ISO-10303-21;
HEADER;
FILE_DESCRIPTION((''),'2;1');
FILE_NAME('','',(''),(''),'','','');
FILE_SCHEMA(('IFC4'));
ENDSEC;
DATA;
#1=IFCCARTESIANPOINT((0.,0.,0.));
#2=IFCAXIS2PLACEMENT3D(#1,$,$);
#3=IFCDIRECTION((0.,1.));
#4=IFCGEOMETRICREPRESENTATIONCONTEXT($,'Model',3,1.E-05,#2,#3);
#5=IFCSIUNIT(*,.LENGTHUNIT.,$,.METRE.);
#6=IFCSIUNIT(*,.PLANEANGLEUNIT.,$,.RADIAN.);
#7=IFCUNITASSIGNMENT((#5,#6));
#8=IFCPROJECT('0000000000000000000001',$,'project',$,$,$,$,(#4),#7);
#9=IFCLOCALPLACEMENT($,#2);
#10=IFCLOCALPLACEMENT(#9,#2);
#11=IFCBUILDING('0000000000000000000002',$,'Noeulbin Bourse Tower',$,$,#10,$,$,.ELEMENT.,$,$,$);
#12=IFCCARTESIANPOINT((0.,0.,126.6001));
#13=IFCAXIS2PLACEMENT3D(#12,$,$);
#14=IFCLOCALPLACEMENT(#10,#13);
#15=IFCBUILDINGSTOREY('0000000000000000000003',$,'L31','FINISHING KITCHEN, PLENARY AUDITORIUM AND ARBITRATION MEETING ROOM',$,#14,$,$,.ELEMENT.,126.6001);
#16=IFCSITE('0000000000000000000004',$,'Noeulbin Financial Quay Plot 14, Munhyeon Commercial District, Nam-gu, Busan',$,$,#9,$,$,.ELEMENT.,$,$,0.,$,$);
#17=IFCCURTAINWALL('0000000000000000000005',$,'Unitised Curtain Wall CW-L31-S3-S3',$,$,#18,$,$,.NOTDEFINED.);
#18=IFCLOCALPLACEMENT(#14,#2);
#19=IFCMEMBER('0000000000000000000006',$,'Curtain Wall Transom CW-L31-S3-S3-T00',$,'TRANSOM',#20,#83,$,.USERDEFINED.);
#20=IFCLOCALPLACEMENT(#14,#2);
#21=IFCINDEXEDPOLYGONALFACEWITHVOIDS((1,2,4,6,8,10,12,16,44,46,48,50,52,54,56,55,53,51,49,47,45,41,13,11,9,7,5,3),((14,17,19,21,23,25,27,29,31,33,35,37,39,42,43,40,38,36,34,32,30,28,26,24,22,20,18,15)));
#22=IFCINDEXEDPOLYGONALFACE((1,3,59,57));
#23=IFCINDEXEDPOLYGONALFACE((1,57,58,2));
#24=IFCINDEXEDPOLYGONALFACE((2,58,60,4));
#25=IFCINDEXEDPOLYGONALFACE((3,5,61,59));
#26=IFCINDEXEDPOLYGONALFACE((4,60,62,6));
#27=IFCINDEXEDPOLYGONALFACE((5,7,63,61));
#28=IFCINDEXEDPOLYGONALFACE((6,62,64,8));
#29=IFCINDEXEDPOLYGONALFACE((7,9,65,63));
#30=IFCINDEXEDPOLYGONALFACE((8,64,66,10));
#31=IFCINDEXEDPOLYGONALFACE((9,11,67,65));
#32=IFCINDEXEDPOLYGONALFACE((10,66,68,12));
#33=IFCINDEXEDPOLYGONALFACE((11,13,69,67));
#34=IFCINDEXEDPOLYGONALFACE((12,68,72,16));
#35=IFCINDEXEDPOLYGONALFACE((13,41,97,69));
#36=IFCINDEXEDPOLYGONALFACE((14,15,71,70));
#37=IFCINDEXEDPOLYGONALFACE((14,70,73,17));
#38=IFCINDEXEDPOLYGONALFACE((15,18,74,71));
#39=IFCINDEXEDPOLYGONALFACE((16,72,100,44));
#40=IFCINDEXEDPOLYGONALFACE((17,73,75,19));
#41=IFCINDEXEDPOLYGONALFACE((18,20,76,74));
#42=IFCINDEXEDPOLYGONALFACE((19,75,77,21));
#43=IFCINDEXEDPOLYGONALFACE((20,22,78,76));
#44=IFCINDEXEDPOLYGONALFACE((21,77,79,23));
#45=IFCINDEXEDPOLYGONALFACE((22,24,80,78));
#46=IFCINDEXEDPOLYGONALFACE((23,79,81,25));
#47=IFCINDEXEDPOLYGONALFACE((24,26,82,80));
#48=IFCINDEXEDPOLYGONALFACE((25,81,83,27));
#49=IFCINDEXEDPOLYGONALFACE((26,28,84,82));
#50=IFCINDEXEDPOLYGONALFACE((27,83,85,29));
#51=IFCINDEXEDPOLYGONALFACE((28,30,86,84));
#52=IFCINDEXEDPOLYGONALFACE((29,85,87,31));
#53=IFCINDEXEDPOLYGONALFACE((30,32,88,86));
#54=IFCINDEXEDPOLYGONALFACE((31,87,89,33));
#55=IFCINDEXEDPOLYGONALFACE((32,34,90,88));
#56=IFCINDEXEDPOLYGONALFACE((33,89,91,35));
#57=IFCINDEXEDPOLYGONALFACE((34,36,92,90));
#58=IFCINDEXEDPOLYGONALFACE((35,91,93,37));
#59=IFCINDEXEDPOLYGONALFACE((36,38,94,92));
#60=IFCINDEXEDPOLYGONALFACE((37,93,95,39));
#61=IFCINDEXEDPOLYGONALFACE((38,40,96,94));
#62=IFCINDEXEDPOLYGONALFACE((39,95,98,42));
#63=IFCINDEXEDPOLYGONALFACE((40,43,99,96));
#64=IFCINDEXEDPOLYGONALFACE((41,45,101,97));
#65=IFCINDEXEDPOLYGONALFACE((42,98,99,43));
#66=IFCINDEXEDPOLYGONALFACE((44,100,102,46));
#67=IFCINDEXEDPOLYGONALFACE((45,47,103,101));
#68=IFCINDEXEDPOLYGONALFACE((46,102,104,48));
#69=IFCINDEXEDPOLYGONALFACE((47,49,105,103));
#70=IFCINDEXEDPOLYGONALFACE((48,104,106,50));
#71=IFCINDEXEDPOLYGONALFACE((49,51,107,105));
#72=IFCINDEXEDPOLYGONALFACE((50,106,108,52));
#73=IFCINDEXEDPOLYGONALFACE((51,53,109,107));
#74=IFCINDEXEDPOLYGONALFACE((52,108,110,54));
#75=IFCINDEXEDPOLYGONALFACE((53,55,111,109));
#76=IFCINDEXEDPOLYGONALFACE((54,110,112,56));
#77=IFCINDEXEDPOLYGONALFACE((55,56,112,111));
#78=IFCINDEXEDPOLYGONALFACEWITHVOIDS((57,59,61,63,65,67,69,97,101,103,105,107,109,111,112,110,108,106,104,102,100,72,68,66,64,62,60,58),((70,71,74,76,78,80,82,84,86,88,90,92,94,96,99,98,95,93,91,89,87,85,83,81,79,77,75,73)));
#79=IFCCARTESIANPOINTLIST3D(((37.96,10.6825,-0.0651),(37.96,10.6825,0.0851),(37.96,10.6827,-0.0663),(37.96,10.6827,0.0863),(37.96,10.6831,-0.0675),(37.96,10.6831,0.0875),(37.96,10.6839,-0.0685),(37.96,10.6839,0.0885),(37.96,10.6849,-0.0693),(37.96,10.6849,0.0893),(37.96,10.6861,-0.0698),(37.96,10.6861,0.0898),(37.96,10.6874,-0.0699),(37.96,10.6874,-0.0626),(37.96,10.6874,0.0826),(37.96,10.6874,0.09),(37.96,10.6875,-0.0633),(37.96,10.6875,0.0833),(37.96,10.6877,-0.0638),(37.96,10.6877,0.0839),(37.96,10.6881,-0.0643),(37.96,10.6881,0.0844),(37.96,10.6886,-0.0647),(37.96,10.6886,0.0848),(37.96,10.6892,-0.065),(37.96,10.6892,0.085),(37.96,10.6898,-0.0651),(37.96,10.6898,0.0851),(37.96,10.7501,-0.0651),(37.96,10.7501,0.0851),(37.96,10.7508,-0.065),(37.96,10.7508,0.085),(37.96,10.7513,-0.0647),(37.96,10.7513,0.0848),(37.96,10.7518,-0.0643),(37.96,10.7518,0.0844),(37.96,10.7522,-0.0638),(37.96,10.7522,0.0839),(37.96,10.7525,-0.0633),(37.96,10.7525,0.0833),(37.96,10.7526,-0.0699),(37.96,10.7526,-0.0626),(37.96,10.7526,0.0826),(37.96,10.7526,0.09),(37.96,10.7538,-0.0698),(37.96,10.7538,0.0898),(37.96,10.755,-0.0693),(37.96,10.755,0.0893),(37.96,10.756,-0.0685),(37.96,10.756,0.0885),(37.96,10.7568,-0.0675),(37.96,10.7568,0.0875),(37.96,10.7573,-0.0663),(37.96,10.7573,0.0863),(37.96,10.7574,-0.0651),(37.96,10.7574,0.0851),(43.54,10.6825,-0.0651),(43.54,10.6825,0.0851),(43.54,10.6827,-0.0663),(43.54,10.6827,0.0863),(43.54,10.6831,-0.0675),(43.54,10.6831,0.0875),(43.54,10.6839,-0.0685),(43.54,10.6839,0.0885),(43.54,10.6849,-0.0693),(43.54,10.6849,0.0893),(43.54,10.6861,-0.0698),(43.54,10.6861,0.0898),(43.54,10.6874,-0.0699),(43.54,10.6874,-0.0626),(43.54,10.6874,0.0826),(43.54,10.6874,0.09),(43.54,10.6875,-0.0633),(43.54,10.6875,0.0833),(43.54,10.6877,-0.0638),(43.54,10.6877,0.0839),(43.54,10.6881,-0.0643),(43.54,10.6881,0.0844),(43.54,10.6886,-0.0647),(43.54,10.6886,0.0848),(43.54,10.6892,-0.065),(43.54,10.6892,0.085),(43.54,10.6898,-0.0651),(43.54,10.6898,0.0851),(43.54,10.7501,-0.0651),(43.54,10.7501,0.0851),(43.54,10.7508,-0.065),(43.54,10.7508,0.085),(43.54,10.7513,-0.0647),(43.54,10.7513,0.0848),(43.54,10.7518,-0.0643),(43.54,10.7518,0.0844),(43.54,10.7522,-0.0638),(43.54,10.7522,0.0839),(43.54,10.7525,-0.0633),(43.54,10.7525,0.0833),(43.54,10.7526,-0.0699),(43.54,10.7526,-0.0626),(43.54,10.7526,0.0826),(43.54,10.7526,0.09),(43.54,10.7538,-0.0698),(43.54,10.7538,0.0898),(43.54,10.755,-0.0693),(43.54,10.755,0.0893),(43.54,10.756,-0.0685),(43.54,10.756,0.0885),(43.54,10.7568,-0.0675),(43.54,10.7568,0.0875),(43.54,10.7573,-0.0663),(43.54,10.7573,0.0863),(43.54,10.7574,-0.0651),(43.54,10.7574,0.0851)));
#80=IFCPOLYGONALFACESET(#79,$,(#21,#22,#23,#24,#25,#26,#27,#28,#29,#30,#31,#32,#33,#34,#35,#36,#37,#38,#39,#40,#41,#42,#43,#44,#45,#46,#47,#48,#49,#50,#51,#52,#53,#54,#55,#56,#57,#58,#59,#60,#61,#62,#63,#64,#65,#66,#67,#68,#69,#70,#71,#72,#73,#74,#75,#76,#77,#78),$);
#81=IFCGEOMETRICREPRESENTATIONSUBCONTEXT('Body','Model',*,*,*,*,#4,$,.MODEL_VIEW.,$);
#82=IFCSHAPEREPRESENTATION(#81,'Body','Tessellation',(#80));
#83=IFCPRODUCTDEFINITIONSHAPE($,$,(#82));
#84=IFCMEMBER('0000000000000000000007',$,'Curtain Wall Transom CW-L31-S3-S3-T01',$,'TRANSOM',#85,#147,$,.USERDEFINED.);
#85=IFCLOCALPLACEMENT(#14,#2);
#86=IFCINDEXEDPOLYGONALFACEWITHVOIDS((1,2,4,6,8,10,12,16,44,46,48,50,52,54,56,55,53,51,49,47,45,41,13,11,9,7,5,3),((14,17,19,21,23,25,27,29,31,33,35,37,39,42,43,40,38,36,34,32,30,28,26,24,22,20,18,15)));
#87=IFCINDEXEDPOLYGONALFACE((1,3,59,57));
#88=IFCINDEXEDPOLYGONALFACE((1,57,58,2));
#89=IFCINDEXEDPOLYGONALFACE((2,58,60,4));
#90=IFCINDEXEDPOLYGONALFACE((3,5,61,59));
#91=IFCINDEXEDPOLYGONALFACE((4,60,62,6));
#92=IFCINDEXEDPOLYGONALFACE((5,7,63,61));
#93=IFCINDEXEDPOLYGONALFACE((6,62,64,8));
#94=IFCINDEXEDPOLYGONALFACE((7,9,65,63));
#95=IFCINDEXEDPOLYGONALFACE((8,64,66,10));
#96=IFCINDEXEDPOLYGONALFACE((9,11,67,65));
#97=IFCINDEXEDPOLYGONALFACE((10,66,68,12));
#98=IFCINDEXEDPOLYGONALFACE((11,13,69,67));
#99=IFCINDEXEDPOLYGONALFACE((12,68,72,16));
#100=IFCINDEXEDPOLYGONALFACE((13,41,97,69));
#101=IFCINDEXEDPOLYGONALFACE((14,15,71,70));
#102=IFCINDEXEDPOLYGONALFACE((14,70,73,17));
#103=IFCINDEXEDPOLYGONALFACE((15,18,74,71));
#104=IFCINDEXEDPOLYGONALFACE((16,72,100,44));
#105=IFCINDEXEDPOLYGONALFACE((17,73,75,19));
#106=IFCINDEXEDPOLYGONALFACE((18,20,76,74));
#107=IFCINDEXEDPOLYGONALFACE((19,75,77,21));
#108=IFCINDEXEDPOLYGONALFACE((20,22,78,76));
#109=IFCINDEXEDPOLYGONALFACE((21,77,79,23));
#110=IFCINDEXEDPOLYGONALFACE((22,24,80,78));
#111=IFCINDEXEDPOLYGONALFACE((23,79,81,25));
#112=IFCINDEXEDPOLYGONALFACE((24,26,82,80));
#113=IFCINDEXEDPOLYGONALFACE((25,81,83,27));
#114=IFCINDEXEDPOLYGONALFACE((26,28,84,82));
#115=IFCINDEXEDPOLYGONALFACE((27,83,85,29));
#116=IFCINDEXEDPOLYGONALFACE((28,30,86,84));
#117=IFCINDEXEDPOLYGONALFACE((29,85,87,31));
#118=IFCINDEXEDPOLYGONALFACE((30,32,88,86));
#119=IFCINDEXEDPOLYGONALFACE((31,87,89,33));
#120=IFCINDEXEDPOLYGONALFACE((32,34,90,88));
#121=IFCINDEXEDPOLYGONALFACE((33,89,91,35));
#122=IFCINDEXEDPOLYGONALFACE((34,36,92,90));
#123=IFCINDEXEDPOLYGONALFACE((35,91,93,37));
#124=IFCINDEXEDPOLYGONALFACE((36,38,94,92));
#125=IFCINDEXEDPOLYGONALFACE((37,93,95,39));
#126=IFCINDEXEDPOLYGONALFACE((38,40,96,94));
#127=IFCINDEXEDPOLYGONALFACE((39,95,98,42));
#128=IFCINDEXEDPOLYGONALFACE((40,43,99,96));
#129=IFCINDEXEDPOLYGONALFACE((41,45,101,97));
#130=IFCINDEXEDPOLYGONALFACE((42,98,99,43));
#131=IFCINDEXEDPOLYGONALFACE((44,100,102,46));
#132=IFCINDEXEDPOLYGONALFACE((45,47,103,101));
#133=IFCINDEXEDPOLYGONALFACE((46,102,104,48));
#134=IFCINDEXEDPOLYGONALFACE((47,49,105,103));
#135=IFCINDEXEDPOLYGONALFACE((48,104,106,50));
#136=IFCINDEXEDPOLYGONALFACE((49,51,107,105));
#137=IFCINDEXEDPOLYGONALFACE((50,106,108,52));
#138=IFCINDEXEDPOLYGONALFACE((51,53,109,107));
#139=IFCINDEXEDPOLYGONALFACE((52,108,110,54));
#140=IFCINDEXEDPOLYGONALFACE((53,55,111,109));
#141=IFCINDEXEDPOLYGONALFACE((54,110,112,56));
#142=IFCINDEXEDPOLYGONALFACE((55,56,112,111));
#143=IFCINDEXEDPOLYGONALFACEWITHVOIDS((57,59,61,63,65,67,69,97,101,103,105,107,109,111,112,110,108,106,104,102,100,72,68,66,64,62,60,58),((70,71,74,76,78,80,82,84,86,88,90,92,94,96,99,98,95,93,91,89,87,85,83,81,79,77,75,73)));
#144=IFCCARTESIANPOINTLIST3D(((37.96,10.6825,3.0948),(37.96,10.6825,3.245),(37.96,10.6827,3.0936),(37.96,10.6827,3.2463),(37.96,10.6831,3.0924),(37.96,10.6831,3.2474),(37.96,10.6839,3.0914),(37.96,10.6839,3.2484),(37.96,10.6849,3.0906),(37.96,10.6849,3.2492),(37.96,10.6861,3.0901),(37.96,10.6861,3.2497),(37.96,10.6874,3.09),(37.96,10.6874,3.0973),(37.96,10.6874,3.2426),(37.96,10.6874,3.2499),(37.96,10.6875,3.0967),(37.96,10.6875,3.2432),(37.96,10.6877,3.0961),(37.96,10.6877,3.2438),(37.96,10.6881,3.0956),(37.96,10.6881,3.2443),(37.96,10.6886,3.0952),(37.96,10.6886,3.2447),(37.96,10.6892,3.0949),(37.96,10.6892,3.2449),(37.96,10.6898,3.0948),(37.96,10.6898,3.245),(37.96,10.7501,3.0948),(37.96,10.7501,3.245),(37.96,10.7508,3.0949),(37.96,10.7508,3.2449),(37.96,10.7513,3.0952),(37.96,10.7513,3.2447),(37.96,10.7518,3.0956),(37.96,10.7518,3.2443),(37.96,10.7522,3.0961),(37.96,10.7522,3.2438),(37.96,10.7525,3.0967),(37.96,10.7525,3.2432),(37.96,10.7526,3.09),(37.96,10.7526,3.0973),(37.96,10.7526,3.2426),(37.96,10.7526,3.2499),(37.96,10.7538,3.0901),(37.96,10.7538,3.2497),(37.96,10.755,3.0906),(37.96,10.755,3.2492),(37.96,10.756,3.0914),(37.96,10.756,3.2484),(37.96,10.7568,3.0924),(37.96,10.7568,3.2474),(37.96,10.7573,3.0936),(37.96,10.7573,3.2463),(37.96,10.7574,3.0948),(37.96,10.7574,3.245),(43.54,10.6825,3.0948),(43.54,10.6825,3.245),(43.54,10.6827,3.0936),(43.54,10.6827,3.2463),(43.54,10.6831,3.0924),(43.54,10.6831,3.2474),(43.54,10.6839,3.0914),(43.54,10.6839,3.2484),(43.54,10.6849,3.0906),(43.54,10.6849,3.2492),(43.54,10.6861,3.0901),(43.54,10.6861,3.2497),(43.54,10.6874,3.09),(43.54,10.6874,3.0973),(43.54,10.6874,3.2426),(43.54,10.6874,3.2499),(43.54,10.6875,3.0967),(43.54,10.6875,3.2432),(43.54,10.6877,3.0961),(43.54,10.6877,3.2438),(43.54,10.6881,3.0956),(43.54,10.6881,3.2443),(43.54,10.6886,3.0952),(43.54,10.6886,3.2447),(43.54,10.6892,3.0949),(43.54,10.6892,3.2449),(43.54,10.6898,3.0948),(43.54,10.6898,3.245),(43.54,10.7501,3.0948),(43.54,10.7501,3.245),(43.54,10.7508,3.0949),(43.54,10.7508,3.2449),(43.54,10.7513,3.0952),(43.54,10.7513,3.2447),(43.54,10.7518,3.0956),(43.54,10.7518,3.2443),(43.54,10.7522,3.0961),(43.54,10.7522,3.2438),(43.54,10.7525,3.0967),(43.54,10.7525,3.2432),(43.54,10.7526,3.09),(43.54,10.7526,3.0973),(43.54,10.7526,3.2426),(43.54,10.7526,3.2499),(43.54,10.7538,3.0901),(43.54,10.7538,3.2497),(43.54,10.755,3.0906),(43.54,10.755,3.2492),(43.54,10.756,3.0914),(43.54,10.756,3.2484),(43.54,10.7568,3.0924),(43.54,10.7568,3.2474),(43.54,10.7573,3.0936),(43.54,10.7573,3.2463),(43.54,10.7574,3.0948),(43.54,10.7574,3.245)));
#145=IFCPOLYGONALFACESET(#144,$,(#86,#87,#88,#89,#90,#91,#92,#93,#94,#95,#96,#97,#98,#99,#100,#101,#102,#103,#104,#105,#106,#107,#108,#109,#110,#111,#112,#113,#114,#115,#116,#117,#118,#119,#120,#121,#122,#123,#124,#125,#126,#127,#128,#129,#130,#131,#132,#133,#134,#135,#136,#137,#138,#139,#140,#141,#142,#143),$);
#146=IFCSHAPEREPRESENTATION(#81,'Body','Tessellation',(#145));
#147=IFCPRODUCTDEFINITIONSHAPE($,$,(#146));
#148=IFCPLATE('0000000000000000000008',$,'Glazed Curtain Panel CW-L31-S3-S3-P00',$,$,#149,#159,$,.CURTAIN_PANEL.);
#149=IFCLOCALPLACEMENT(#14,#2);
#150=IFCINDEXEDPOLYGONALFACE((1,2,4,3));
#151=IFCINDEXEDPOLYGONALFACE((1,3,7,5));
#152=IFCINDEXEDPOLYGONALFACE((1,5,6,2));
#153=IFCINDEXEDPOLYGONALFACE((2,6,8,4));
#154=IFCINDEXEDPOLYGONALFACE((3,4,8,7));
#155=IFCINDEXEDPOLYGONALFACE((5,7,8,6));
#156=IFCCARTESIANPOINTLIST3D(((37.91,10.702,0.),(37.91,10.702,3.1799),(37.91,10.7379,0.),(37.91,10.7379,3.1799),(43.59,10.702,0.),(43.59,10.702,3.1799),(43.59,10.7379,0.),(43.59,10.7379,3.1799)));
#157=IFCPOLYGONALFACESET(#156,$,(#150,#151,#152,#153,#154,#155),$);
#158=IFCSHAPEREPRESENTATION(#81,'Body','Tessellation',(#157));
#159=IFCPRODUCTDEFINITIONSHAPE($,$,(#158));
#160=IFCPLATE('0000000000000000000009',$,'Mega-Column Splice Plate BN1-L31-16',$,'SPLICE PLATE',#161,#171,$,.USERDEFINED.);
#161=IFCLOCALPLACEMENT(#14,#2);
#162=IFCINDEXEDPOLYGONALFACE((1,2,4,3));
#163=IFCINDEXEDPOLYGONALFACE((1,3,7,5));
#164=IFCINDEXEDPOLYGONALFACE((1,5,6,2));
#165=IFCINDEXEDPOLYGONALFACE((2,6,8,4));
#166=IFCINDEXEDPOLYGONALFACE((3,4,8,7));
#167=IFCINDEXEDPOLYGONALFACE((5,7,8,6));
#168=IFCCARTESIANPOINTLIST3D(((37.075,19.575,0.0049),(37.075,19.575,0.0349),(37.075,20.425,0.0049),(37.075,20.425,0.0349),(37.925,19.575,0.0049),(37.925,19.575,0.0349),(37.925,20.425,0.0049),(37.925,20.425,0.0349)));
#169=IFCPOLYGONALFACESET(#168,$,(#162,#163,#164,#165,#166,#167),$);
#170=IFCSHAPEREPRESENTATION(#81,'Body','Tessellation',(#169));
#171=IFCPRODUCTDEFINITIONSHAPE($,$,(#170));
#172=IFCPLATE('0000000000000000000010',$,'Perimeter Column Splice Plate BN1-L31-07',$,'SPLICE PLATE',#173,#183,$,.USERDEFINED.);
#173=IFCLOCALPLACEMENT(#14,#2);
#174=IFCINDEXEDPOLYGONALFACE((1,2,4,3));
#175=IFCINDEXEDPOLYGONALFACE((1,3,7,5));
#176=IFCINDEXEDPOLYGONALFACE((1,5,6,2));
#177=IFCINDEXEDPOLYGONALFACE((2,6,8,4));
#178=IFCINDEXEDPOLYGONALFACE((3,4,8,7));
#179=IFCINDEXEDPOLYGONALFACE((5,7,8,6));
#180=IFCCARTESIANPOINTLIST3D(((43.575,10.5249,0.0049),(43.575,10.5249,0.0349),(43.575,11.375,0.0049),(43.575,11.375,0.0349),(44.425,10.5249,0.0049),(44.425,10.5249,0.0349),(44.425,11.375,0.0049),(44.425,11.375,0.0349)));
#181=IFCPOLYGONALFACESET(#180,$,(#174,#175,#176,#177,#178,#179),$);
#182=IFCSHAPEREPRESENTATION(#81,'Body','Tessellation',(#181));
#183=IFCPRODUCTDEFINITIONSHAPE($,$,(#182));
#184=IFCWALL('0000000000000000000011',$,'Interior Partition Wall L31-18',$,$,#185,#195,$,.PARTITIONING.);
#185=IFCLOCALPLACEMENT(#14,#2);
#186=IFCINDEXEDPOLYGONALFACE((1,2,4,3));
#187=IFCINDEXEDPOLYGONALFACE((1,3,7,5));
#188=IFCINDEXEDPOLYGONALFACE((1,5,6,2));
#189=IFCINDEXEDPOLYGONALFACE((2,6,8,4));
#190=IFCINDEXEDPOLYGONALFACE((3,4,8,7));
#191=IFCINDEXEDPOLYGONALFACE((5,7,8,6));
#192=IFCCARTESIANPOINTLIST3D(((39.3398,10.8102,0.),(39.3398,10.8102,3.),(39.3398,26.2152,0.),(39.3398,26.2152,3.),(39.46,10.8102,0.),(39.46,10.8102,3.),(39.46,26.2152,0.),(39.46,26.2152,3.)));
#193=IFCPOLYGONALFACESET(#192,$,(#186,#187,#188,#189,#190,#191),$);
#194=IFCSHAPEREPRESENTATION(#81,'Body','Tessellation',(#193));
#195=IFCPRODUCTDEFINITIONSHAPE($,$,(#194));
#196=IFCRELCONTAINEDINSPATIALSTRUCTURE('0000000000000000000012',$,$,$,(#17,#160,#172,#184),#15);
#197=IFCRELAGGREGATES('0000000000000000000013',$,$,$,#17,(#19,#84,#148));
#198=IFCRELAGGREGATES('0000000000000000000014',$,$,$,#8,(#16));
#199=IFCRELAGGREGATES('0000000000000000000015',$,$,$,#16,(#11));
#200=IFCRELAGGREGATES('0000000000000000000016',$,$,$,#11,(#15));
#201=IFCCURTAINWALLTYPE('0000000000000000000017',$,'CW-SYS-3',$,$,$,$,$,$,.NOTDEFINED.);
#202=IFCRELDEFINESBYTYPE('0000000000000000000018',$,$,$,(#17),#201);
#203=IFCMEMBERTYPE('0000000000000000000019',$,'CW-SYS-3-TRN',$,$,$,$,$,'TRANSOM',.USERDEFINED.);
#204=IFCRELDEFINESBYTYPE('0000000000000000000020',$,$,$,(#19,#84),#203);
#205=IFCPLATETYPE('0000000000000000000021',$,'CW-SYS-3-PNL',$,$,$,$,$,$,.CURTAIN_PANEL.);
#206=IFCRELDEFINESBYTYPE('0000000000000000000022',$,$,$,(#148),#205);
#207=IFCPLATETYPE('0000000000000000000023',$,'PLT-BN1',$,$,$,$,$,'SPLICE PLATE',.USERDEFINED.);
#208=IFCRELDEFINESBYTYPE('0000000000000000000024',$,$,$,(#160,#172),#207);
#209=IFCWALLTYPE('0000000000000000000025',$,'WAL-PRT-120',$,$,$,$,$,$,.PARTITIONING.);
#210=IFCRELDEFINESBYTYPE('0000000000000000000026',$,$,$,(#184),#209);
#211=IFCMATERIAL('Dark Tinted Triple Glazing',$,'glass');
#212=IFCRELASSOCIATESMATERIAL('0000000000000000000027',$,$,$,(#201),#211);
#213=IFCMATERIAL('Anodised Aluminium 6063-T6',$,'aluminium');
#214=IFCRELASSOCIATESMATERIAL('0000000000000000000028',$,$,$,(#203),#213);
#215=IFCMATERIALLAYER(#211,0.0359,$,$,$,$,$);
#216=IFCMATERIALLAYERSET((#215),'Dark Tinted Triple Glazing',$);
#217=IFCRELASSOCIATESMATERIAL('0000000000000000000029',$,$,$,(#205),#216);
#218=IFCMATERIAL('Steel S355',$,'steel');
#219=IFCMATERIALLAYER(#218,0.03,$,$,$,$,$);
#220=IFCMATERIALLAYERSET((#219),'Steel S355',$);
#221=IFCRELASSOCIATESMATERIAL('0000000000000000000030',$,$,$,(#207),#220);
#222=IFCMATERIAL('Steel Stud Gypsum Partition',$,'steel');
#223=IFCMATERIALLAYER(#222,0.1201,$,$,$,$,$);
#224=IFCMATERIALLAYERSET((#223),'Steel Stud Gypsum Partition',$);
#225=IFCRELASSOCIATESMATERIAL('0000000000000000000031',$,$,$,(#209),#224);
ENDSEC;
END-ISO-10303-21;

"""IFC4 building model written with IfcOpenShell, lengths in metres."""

from ifc_helpers import new_model, si_unit, direction, frame, frame_2d, origin, origin_2d, place, context, subcontext, project, spatial, rectangle, hollow_rectangle, extrude, material, layer, layer_set, material_profile, profile_set, type_object, element, aggregate, save


model = new_model("IFC4")

# Units and contexts
model_context = context("Model", 3, precision=1e-05, world=origin(), true_north=direction((0.0, 1.0)))
body_context = subcontext(model_context, "Body", "Model", "MODEL_VIEW")
ifc_project = project(units=[si_unit("LENGTHUNIT", "METRE"), si_unit("PLANEANGLEUNIT", "RADIAN")], contexts=[model_context])

# Site, building, storey
site_placement = place(None, origin())
site = spatial("IfcSite", under=ifc_project, at=site_placement, Name="Noeulbin Financial Quay Plot 14, Munhyeon Commercial District, Nam-gu, Busan", CompositionType="ELEMENT", RefElevation=0.0)
building_placement = place(site_placement, origin())
building = spatial("IfcBuilding", under=site, at=building_placement, Name="Noeulbin Bourse Tower", CompositionType="ELEMENT")
storey_placement = place(building_placement, frame((0.0, 0.0, 126.6001)))
storey = spatial("IfcBuildingStorey", under=building, at=storey_placement, Name="L31", Description="FINISHING KITCHEN, PLENARY AUDITORIUM AND ARBITRATION MEETING ROOM", CompositionType="ELEMENT", Elevation=126.6001)

# Shared definitions
ifc_material_1 = material(Name="Steel S355", Category="steel")

# Curtain wall, members, plate
ifc_material_2 = material(Name="Dark Tinted Triple Glazing", Category="glass")
curtain_wall_type = type_object("IfcCurtainWallType", Name="CW-SYS-3", PredefinedType="NOTDEFINED", material=ifc_material_2)
curtain_wall_placement = place(storey_placement, origin())
curtain_wall = element("IfcCurtainWall", 1, at=curtain_wall_placement, inside=storey, type_object=curtain_wall_type, Name="Unitised Curtain Wall CW-L31-S3-S3", PredefinedType="NOTDEFINED")
ifc_material_3 = material(Name="Anodised Aluminium 6063-T6", Category="aluminium")
ifc_material_profile_1 = material_profile(ifc_material_3, hollow_rectangle(XDim=0.075, YDim=0.1599, WallThickness=0.0049, InnerFilletRadius=0.0024, OuterFilletRadius=0.0049, at=origin_2d()), Name="ALU-TRAN-75x160x5", Category="LoadBearing")
ifc_profile_set_1 = profile_set([ifc_material_profile_1], Name="Anodised Aluminium 6063-T6")
member_type_1 = type_object("IfcMemberType", Name="CW-SYS-3-TRN", ElementType="TRANSOM", PredefinedType="USERDEFINED", material=ifc_profile_set_1)
member_1_placement = place(storey_placement, frame((37.96, 10.72, 0.01), z_axis=(1.0, 0.0, 0.0), x_axis=(0.0, 1.0, 0.0)))
member_1 = element("IfcMember", 2, at=member_1_placement, type_object=member_type_1, Name="Curtain Wall Transom CW-L31-S3-S3-T00", ObjectType="TRANSOM", PredefinedType="USERDEFINED", context=body_context, shape_type="SweptSolid", body=[
    extrude(hollow_rectangle(XDim=0.075, YDim=0.1599, WallThickness=0.0049, InnerFilletRadius=0.0024, OuterFilletRadius=0.0049, at=origin_2d()), origin(), (0.0, 0.0, 1.0), 5.5801),
])
member_2_placement = place(storey_placement, frame((37.96, 10.72, 3.1699), z_axis=(1.0, 0.0, 0.0), x_axis=(0.0, 1.0, 0.0)))
member_2 = element("IfcMember", 3, at=member_2_placement, type_object=member_type_1, Name="Curtain Wall Transom CW-L31-S3-S3-T01", ObjectType="TRANSOM", PredefinedType="USERDEFINED", context=body_context, shape_type="SweptSolid", body=[
    extrude(hollow_rectangle(XDim=0.075, YDim=0.1599, WallThickness=0.0049, InnerFilletRadius=0.0024, OuterFilletRadius=0.0049, at=origin_2d()), origin(), (0.0, 0.0, 1.0), 5.5801),
])
ifc_layer_1 = layer(ifc_material_2, 0.0359)
ifc_layer_set_1 = layer_set([ifc_layer_1], Name="Dark Tinted Triple Glazing")
plate_type_1 = type_object("IfcPlateType", Name="CW-SYS-3-PNL", PredefinedType="CURTAIN_PANEL", material=ifc_layer_set_1)
plate_placement = place(storey_placement, frame((40.75, 10.72, 0.0), z_axis=(0.0, 0.0, 1.0), x_axis=(1.0, 0.0, 0.0)))
plate = element("IfcPlate", 4, at=plate_placement, type_object=plate_type_1, Name="Glazed Curtain Panel CW-L31-S3-S3-P00", PredefinedType="CURTAIN_PANEL", context=body_context, shape_type="SweptSolid", body=[
    extrude(rectangle(XDim=5.6799, YDim=0.0359, at=origin_2d()), origin(), (0.0, 0.0, 1.0), 3.1799),
])
aggregate(curtain_wall, [member_1, member_2, plate])

# Plates
ifc_layer_2 = layer(ifc_material_1, 0.03)
ifc_layer_set_2 = layer_set([ifc_layer_2], Name="Steel S355")
plate_type_2 = type_object("IfcPlateType", Name="PLT-BN1", ElementType="SPLICE PLATE", PredefinedType="USERDEFINED", material=ifc_layer_set_2)
for number, where, z_axis, x_axis, name in (
    (5, (37.5, 20.0, 0.0049), (0.0, 0.0, 1.0), (1.0, 0.0, 0.0), "Mega-Column Splice Plate BN1-L31-16"),
    (6, (44.0, 10.95, 0.0049), (0.0, 0.0, 1.0), (1.0, 0.0, 0.0), "Perimeter Column Splice Plate BN1-L31-07"),
):
    element("IfcPlate", number, at=place(storey_placement, frame(where, z_axis=z_axis, x_axis=x_axis)), inside=storey, type_object=plate_type_2, Name=name, ObjectType="SPLICE PLATE", PredefinedType="USERDEFINED", context=body_context, shape_type="SweptSolid", body=[
        extrude(rectangle(XDim=0.8501, YDim=0.8501, at=origin_2d()), origin(), (0.0, 0.0, 1.0), 0.03),
    ])

# Wall
ifc_material_4 = material(Name="Steel Stud Gypsum Partition", Category="steel")
ifc_layer_3 = layer(ifc_material_4, 0.1201)
ifc_layer_set_3 = layer_set([ifc_layer_3], Name="Steel Stud Gypsum Partition")
wall_type = type_object("IfcWallType", Name="WAL-PRT-120", PredefinedType="PARTITIONING", material=ifc_layer_set_3)
wall_placement = place(storey_placement, frame((39.3999, 10.8101, 0.0), z_axis=(0.0, 0.0, 1.0), x_axis=(0.0, 1.0, 0.0)))
element("IfcWall", 7, at=wall_placement, inside=storey, type_object=wall_type, Name="Interior Partition Wall L31-18", PredefinedType="PARTITIONING", context=body_context, shape_type="SweptSolid", body=[
    extrude(rectangle(XDim=15.405, YDim=0.1201, at=frame_2d((7.7026, 0.0))), origin(), (0.0, 0.0, 1.0), 3.0),
])

save(model, "model.ifc")
